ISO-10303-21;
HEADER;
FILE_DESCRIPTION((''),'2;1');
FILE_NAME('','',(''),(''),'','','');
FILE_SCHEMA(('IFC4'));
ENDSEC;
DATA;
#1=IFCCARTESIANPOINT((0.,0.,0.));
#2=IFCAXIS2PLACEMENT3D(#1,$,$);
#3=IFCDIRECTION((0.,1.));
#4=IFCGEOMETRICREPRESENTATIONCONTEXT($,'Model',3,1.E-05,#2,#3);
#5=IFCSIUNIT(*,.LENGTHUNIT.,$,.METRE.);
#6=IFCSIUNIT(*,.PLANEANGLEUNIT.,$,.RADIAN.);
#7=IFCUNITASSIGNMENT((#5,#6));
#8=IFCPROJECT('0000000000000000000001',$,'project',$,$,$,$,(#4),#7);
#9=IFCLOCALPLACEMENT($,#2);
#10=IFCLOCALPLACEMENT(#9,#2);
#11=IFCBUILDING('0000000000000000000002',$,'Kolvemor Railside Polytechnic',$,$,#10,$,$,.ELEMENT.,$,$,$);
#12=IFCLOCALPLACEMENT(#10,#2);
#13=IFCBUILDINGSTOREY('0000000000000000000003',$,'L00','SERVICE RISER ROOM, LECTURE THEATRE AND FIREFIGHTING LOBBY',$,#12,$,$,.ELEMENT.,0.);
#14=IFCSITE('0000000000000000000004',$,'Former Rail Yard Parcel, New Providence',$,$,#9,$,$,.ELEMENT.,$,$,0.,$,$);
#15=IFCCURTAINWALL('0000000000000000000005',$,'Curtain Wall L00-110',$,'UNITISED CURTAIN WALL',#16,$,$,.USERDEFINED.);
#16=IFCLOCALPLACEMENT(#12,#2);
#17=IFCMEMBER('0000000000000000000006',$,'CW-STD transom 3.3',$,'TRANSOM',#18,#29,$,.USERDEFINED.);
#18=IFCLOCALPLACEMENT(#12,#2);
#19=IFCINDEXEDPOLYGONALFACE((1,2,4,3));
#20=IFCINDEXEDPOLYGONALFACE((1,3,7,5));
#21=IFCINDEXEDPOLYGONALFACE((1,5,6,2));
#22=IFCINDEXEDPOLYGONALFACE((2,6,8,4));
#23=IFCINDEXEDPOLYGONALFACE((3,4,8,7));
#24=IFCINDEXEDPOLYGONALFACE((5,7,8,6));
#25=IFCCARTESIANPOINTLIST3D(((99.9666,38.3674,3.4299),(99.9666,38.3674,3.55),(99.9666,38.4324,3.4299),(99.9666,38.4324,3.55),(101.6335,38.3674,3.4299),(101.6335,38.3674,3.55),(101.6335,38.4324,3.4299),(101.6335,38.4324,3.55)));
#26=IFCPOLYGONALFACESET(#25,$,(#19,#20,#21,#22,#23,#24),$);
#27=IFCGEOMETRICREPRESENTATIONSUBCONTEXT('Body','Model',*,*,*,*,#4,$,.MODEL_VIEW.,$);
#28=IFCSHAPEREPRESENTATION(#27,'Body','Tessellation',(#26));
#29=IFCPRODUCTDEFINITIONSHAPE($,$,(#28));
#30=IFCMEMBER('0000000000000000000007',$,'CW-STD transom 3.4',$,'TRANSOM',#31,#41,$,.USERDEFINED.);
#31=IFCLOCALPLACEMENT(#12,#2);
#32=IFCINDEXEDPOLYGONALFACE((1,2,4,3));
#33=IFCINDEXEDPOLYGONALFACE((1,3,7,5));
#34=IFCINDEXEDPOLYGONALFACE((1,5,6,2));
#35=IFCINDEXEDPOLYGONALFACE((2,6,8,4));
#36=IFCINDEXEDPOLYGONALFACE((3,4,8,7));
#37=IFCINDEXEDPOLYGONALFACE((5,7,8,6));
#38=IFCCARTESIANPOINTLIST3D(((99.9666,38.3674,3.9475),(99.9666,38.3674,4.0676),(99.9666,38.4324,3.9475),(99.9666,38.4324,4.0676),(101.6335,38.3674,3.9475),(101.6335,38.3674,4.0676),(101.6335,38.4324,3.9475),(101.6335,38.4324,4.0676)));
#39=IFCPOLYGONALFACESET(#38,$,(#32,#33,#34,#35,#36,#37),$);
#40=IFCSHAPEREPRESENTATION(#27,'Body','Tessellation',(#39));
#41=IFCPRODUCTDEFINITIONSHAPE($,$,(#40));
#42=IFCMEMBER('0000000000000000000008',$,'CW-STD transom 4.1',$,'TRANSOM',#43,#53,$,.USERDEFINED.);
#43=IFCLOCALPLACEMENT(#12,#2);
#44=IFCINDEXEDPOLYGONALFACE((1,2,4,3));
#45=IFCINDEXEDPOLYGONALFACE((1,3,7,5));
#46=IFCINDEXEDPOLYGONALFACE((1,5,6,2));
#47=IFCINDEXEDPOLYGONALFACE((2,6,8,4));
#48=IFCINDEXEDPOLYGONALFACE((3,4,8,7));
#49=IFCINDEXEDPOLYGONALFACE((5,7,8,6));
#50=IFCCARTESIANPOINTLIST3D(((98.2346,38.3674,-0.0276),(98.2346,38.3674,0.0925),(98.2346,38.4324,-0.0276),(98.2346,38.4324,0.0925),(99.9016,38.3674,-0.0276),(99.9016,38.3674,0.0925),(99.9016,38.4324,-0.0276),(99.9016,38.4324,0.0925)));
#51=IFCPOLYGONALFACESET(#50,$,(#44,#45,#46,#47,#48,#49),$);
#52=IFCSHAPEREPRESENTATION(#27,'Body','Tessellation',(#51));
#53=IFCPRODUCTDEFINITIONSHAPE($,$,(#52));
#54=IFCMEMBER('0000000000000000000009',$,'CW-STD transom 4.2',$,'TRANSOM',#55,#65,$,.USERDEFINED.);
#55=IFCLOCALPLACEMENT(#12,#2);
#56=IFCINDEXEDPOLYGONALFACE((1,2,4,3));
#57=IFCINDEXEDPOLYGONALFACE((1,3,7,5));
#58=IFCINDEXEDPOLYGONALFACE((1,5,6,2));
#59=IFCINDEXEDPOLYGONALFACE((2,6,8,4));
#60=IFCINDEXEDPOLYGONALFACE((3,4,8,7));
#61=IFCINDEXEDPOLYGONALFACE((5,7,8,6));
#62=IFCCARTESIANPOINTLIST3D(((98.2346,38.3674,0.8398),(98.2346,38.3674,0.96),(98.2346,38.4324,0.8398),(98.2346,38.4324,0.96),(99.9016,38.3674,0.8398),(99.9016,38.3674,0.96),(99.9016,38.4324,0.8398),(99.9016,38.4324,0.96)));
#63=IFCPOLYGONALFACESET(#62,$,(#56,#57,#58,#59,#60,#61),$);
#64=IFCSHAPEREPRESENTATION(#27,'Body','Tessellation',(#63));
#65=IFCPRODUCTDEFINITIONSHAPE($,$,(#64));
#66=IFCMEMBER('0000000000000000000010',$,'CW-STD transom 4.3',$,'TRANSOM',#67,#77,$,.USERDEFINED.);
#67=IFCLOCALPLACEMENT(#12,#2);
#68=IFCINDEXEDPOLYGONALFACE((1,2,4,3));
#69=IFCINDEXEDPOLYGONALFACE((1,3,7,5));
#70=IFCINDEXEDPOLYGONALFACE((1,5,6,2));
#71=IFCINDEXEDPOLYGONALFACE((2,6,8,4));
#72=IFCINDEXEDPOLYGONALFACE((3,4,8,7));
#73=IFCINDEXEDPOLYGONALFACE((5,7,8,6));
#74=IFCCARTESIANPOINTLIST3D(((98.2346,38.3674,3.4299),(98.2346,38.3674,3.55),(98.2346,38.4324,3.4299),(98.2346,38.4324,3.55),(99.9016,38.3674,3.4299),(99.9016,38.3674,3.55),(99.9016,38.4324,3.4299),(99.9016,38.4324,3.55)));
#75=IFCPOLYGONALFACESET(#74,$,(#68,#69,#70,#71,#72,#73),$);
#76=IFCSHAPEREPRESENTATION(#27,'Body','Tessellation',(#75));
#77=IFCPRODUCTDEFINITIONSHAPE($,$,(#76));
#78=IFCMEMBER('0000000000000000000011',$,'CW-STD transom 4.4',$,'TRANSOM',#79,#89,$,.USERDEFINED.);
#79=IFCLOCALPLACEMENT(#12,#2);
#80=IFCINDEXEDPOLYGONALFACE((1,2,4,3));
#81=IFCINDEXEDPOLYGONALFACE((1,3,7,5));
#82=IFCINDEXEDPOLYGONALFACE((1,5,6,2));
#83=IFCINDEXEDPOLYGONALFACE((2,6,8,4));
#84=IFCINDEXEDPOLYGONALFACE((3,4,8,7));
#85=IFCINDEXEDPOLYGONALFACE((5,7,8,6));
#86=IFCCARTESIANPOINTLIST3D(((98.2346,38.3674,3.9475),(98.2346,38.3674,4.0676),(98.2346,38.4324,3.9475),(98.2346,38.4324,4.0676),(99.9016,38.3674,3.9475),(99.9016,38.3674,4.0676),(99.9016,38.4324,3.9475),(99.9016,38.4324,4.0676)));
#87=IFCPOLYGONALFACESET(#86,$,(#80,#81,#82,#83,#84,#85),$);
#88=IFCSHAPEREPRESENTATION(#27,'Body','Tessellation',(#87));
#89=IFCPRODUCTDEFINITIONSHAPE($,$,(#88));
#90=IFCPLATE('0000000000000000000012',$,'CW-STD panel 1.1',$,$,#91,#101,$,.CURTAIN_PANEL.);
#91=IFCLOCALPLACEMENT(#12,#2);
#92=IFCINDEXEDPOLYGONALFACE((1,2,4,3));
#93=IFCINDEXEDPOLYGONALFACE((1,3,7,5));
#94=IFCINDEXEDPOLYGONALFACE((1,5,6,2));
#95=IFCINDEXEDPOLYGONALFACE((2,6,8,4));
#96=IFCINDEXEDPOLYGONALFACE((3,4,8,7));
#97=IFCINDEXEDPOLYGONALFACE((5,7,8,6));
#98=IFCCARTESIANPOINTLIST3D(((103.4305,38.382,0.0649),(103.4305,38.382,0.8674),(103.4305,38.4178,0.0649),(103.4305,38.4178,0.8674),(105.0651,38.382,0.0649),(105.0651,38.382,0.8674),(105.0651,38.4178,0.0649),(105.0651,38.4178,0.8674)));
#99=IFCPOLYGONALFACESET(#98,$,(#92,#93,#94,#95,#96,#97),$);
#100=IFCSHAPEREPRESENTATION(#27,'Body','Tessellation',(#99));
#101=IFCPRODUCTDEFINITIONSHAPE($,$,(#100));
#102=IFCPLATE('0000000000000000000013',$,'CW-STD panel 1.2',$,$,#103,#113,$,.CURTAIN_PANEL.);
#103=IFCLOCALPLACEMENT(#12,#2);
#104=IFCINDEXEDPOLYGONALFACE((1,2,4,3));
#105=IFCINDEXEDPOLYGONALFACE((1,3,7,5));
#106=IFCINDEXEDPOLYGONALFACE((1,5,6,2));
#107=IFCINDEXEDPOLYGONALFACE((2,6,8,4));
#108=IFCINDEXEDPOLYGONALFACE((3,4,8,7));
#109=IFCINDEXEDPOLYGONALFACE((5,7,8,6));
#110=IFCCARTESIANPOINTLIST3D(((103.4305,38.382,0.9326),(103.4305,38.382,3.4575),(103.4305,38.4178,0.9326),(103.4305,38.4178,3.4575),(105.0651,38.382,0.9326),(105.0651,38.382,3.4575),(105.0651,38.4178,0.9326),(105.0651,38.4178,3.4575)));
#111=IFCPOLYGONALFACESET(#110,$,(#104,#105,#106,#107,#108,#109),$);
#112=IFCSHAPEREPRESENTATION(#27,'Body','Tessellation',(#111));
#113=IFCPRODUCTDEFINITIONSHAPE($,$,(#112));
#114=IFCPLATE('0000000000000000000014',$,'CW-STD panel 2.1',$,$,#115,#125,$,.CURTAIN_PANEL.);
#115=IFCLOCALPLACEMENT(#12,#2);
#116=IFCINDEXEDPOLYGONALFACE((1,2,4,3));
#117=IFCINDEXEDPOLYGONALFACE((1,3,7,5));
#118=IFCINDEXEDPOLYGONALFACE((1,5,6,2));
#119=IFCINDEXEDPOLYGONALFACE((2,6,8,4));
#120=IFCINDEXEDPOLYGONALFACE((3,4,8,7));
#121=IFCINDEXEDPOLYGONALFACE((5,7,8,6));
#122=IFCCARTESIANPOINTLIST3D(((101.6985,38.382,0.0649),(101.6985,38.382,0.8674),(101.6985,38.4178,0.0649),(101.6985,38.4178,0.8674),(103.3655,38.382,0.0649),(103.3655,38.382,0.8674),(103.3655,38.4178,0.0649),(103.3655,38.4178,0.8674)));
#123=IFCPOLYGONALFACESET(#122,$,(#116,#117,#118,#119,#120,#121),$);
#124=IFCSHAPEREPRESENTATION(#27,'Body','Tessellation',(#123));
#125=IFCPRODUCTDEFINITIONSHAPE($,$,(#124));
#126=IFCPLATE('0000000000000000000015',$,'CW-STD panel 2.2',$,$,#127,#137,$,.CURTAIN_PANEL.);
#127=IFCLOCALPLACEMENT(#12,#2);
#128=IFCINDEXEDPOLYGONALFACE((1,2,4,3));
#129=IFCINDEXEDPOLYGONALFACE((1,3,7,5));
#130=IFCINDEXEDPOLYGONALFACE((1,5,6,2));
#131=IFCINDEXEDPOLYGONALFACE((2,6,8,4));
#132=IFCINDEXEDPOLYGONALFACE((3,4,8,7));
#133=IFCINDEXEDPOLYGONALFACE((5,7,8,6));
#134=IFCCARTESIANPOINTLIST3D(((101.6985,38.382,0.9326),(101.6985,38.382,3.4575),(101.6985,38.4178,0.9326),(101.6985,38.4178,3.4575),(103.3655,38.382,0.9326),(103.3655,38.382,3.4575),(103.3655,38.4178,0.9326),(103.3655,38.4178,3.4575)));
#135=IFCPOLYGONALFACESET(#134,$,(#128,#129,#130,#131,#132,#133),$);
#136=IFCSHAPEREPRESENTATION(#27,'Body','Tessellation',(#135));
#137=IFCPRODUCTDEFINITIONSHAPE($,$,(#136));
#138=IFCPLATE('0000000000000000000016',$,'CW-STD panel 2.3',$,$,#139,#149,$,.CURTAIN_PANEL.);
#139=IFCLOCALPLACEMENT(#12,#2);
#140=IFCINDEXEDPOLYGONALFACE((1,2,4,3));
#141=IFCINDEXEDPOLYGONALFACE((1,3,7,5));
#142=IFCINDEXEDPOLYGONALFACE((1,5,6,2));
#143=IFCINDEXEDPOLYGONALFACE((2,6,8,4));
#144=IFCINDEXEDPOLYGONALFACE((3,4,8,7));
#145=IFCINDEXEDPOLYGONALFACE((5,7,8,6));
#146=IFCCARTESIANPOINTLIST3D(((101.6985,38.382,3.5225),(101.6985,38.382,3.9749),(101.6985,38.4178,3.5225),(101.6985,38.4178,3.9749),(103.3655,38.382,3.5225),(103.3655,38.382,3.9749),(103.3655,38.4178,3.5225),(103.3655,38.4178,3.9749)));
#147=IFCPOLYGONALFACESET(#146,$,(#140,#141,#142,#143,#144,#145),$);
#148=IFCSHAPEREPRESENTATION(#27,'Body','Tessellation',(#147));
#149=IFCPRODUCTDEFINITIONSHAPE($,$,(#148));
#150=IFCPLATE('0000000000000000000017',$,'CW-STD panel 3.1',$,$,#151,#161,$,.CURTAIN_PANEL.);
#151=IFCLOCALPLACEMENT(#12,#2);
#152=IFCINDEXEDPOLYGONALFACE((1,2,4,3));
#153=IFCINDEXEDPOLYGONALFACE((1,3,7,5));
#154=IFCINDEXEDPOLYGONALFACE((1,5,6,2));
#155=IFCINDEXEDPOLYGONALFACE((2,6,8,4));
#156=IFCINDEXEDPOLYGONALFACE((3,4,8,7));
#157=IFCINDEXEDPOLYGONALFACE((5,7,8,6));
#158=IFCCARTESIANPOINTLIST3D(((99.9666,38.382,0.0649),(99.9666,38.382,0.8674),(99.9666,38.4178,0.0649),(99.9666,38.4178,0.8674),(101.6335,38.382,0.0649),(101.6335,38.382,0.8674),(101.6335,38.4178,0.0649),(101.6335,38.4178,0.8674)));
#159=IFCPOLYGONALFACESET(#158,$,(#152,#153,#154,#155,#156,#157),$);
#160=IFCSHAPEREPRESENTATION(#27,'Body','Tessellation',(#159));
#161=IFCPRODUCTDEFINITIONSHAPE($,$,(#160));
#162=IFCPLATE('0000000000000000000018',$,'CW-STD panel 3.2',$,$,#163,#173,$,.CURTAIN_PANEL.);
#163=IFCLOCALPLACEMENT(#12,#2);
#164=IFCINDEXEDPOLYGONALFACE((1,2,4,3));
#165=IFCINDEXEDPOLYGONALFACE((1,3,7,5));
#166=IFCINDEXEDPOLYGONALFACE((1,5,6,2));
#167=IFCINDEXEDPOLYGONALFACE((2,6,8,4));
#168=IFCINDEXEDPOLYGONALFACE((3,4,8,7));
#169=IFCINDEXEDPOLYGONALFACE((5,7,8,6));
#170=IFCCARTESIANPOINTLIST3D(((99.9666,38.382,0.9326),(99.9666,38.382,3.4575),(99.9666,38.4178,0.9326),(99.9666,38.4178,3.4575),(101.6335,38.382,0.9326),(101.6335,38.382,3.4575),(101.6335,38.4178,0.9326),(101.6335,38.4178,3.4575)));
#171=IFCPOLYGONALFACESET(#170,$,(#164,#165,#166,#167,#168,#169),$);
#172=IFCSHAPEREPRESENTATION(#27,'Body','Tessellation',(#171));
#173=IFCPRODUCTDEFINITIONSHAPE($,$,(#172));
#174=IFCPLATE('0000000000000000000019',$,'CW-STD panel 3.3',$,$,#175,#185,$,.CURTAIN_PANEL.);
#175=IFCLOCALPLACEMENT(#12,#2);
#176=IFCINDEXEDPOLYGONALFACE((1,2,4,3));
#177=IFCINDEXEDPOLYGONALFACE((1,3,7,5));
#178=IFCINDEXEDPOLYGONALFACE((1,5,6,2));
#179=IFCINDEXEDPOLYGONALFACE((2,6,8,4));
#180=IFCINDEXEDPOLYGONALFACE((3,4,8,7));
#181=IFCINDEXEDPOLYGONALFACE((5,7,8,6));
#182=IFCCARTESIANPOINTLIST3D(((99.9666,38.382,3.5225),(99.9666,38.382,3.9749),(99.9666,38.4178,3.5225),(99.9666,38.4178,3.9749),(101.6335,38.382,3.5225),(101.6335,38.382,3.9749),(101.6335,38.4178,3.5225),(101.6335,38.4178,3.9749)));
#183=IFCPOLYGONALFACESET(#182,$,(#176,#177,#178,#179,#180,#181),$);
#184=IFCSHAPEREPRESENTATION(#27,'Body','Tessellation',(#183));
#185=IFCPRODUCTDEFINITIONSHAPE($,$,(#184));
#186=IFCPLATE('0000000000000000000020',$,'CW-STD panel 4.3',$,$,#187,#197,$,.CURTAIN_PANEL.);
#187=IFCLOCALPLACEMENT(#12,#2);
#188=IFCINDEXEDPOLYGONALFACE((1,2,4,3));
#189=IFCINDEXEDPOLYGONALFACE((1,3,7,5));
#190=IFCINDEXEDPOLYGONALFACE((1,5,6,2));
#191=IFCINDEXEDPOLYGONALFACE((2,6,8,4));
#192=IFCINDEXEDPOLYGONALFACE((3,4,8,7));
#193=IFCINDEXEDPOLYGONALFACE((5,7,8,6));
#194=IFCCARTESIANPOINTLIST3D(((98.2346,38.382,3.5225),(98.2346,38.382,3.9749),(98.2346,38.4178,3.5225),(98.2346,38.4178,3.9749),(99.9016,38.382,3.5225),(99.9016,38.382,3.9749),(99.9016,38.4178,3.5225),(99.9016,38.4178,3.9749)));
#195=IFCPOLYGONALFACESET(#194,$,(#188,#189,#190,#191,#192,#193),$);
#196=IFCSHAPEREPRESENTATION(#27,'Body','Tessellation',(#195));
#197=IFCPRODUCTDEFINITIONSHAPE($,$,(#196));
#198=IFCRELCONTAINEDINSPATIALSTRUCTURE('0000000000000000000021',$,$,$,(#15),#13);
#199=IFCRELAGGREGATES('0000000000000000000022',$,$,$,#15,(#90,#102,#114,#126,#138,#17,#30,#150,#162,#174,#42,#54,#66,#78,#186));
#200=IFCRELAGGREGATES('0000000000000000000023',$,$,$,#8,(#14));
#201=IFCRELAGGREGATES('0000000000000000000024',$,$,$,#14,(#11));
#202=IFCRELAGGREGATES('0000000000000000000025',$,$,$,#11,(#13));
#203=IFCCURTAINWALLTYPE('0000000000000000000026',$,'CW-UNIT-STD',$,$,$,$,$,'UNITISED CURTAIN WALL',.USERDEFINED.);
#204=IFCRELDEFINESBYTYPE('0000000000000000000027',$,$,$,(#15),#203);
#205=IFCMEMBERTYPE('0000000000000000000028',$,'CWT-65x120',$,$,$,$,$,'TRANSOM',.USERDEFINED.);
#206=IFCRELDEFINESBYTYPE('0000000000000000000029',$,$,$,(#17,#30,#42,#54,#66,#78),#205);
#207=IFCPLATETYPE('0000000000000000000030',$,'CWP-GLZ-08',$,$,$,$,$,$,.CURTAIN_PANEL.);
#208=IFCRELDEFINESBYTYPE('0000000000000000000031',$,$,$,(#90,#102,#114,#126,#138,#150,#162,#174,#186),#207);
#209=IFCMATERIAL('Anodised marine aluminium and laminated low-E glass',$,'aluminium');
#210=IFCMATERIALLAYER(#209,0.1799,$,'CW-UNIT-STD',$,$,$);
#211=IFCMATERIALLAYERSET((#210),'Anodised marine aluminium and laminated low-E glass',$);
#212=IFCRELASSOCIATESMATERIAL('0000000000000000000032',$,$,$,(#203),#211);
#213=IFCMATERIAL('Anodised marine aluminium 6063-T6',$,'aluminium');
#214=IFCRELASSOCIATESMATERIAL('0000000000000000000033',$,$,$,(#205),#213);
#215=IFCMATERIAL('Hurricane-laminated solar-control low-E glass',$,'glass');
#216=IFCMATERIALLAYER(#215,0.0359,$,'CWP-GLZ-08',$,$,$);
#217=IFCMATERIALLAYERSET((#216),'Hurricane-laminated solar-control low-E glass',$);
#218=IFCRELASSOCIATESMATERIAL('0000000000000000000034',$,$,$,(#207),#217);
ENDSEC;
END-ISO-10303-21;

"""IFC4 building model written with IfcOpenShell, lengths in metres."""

from ifc_helpers import new_model, si_unit, direction, frame, origin, origin_2d, place, context, subcontext, project, spatial, rectangle, extrude, material, layer, layer_set, material_profile, profile_set, type_object, element, aggregate, save


model = new_model("IFC4")

# Units and contexts
model_context = context("Model", 3, precision=1e-05, world=origin(), true_north=direction((0.0, 1.0)))
body_context = subcontext(model_context, "Body", "Model", "MODEL_VIEW")
ifc_project = project(units=[si_unit("LENGTHUNIT", "METRE"), si_unit("PLANEANGLEUNIT", "RADIAN")], contexts=[model_context])

# Site, building, storey
site_placement = place(None, origin())
site = spatial("IfcSite", under=ifc_project, at=site_placement, Name="Former Rail Yard Parcel, New Providence", CompositionType="ELEMENT", RefElevation=0.0)
building_placement = place(site_placement, origin())
building = spatial("IfcBuilding", under=site, at=building_placement, Name="Kolvemor Railside Polytechnic", CompositionType="ELEMENT")
storey_placement = place(building_placement, origin())
storey = spatial("IfcBuildingStorey", under=building, at=storey_placement, Name="L00", Description="SERVICE RISER ROOM, LECTURE THEATRE AND FIREFIGHTING LOBBY", CompositionType="ELEMENT", Elevation=0.0)

# Curtain wall, members, plates
ifc_material_1 = material(Name="Anodised marine aluminium and laminated low-E glass", Category="aluminium")
ifc_layer_1 = layer(ifc_material_1, 0.1799, Name="CW-UNIT-STD")
ifc_layer_set_1 = layer_set([ifc_layer_1], Name="Anodised marine aluminium and laminated low-E glass")
curtain_wall_type = type_object("IfcCurtainWallType", Name="CW-UNIT-STD", ElementType="UNITISED CURTAIN WALL", PredefinedType="USERDEFINED", material=ifc_layer_set_1)
curtain_wall_placement = place(storey_placement, origin())
curtain_wall = element("IfcCurtainWall", 1, at=curtain_wall_placement, inside=storey, type_object=curtain_wall_type, Name="Curtain Wall L00-110", ObjectType="UNITISED CURTAIN WALL", PredefinedType="USERDEFINED")
ifc_material_2 = material(Name="Anodised marine aluminium 6063-T6", Category="aluminium")
ifc_material_profile_1 = material_profile(ifc_material_2, rectangle(XDim=0.0649, YDim=0.1201, at=origin_2d()), Name="CW-TRN-65x120")
ifc_profile_set_1 = profile_set([ifc_material_profile_1], Name="Anodised marine aluminium 6063-T6")
member_type_1 = type_object("IfcMemberType", Name="CWT-65x120", ElementType="TRANSOM", PredefinedType="USERDEFINED", material=ifc_profile_set_1)
member_1_placement = place(storey_placement, frame((101.6335, 38.3999, 3.49), z_axis=(-1.0, 0.0, 0.0), x_axis=(0.0, -1.0, 0.0)))
member_1 = element("IfcMember", 2, at=member_1_placement, type_object=member_type_1, Name="CW-STD transom 3.3", ObjectType="TRANSOM", PredefinedType="USERDEFINED", context=body_context, shape_type="SweptSolid", body=[
    extrude(rectangle(XDim=0.0649, YDim=0.1201, at=origin_2d()), origin(), (0.0, 0.0, 1.0), 1.667),
])
member_2_placement = place(storey_placement, frame((101.6335, 38.3999, 4.0076), z_axis=(-1.0, 0.0, 0.0), x_axis=(0.0, -1.0, 0.0)))
member_2 = element("IfcMember", 3, at=member_2_placement, type_object=member_type_1, Name="CW-STD transom 3.4", ObjectType="TRANSOM", PredefinedType="USERDEFINED", context=body_context, shape_type="SweptSolid", body=[
    extrude(rectangle(XDim=0.0649, YDim=0.1201, at=origin_2d()), origin(), (0.0, 0.0, 1.0), 1.667),
])
member_3_placement = place(storey_placement, frame((99.9016, 38.3999, 0.0325), z_axis=(-1.0, 0.0, 0.0), x_axis=(0.0, -1.0, 0.0)))
member_3 = element("IfcMember", 4, at=member_3_placement, type_object=member_type_1, Name="CW-STD transom 4.1", ObjectType="TRANSOM", PredefinedType="USERDEFINED", context=body_context, shape_type="SweptSolid", body=[
    extrude(rectangle(XDim=0.0649, YDim=0.1201, at=origin_2d()), origin(), (0.0, 0.0, 1.0), 1.667),
])
member_4_placement = place(storey_placement, frame((99.9016, 38.3999, 0.8999), z_axis=(-1.0, 0.0, 0.0), x_axis=(0.0, -1.0, 0.0)))
member_4 = element("IfcMember", 5, at=member_4_placement, type_object=member_type_1, Name="CW-STD transom 4.2", ObjectType="TRANSOM", PredefinedType="USERDEFINED", context=body_context, shape_type="SweptSolid", body=[
    extrude(rectangle(XDim=0.0649, YDim=0.1201, at=origin_2d()), origin(), (0.0, 0.0, 1.0), 1.667),
])
member_5_placement = place(storey_placement, frame((99.9016, 38.3999, 3.49), z_axis=(-1.0, 0.0, 0.0), x_axis=(0.0, -1.0, 0.0)))
member_5 = element("IfcMember", 6, at=member_5_placement, type_object=member_type_1, Name="CW-STD transom 4.3", ObjectType="TRANSOM", PredefinedType="USERDEFINED", context=body_context, shape_type="SweptSolid", body=[
    extrude(rectangle(XDim=0.0649, YDim=0.1201, at=origin_2d()), origin(), (0.0, 0.0, 1.0), 1.667),
])
member_6_placement = place(storey_placement, frame((99.9016, 38.3999, 4.0076), z_axis=(-1.0, 0.0, 0.0), x_axis=(0.0, -1.0, 0.0)))
member_6 = element("IfcMember", 7, at=member_6_placement, type_object=member_type_1, Name="CW-STD transom 4.4", ObjectType="TRANSOM", PredefinedType="USERDEFINED", context=body_context, shape_type="SweptSolid", body=[
    extrude(rectangle(XDim=0.0649, YDim=0.1201, at=origin_2d()), origin(), (0.0, 0.0, 1.0), 1.667),
])
ifc_material_3 = material(Name="Hurricane-laminated solar-control low-E glass", Category="glass")
ifc_layer_2 = layer(ifc_material_3, 0.0359, Name="CWP-GLZ-08")
ifc_layer_set_2 = layer_set([ifc_layer_2], Name="Hurricane-laminated solar-control low-E glass")
plate_type = type_object("IfcPlateType", Name="CWP-GLZ-08", PredefinedType="CURTAIN_PANEL", material=ifc_layer_set_2)
plate_1_placement = place(storey_placement, frame((104.2478, 38.3999, 0.0649), z_axis=(0.0, 0.0, 1.0), x_axis=(-1.0, 0.0, 0.0)))
plate_1 = element("IfcPlate", 8, at=plate_1_placement, type_object=plate_type, Name="CW-STD panel 1.1", PredefinedType="CURTAIN_PANEL", context=body_context, shape_type="SweptSolid", body=[
    extrude(rectangle(XDim=1.6345, YDim=0.0359, at=origin_2d()), origin(), (0.0, 0.0, 1.0), 0.8025),
])
plate_2_placement = place(storey_placement, frame((104.2478, 38.3999, 0.9326), z_axis=(0.0, 0.0, 1.0), x_axis=(-1.0, 0.0, 0.0)))
plate_2 = element("IfcPlate", 9, at=plate_2_placement, type_object=plate_type, Name="CW-STD panel 1.2", PredefinedType="CURTAIN_PANEL", context=body_context, shape_type="SweptSolid", body=[
    extrude(rectangle(XDim=1.6345, YDim=0.0359, at=origin_2d()), origin(), (0.0, 0.0, 1.0), 2.5249),
])
plate_3_placement = place(storey_placement, frame((102.532, 38.3999, 0.0649), z_axis=(0.0, 0.0, 1.0), x_axis=(-1.0, 0.0, 0.0)))
plate_3 = element("IfcPlate", 10, at=plate_3_placement, type_object=plate_type, Name="CW-STD panel 2.1", PredefinedType="CURTAIN_PANEL", context=body_context, shape_type="SweptSolid", body=[
    extrude(rectangle(XDim=1.667, YDim=0.0359, at=origin_2d()), origin(), (0.0, 0.0, 1.0), 0.8025),
])
plate_4_placement = place(storey_placement, frame((102.532, 38.3999, 0.9326), z_axis=(0.0, 0.0, 1.0), x_axis=(-1.0, 0.0, 0.0)))
plate_4 = element("IfcPlate", 11, at=plate_4_placement, type_object=plate_type, Name="CW-STD panel 2.2", PredefinedType="CURTAIN_PANEL", context=body_context, shape_type="SweptSolid", body=[
    extrude(rectangle(XDim=1.667, YDim=0.0359, at=origin_2d()), origin(), (0.0, 0.0, 1.0), 2.5249),
])
plate_5_placement = place(storey_placement, frame((102.532, 38.3999, 3.5225), z_axis=(0.0, 0.0, 1.0), x_axis=(-1.0, 0.0, 0.0)))
plate_5 = element("IfcPlate", 12, at=plate_5_placement, type_object=plate_type, Name="CW-STD panel 2.3", PredefinedType="CURTAIN_PANEL", context=body_context, shape_type="SweptSolid", body=[
    extrude(rectangle(XDim=1.667, YDim=0.0359, at=origin_2d()), origin(), (0.0, 0.0, 1.0), 0.4524),
])
plate_6_placement = place(storey_placement, frame((100.8, 38.3999, 0.0649), z_axis=(0.0, 0.0, 1.0), x_axis=(-1.0, 0.0, 0.0)))
plate_6 = element("IfcPlate", 13, at=plate_6_placement, type_object=plate_type, Name="CW-STD panel 3.1", PredefinedType="CURTAIN_PANEL", context=body_context, shape_type="SweptSolid", body=[
    extrude(rectangle(XDim=1.667, YDim=0.0359, at=origin_2d()), origin(), (0.0, 0.0, 1.0), 0.8025),
])
plate_7_placement = place(storey_placement, frame((100.8, 38.3999, 0.9326), z_axis=(0.0, 0.0, 1.0), x_axis=(-1.0, 0.0, 0.0)))
plate_7 = element("IfcPlate", 14, at=plate_7_placement, type_object=plate_type, Name="CW-STD panel 3.2", PredefinedType="CURTAIN_PANEL", context=body_context, shape_type="SweptSolid", body=[
    extrude(rectangle(XDim=1.667, YDim=0.0359, at=origin_2d()), origin(), (0.0, 0.0, 1.0), 2.5249),
])
plate_8_placement = place(storey_placement, frame((100.8, 38.3999, 3.5225), z_axis=(0.0, 0.0, 1.0), x_axis=(-1.0, 0.0, 0.0)))
plate_8 = element("IfcPlate", 15, at=plate_8_placement, type_object=plate_type, Name="CW-STD panel 3.3", PredefinedType="CURTAIN_PANEL", context=body_context, shape_type="SweptSolid", body=[
    extrude(rectangle(XDim=1.667, YDim=0.0359, at=origin_2d()), origin(), (0.0, 0.0, 1.0), 0.4524),
])
plate_9_placement = place(storey_placement, frame((99.0681, 38.3999, 3.5225), z_axis=(0.0, 0.0, 1.0), x_axis=(-1.0, 0.0, 0.0)))
plate_9 = element("IfcPlate", 16, at=plate_9_placement, type_object=plate_type, Name="CW-STD panel 4.3", PredefinedType="CURTAIN_PANEL", context=body_context, shape_type="SweptSolid", body=[
    extrude(rectangle(XDim=1.667, YDim=0.0359, at=origin_2d()), origin(), (0.0, 0.0, 1.0), 0.4524),
])
aggregate(curtain_wall, [plate_1, plate_2, plate_3, plate_4, plate_5, member_1, member_2, plate_6, plate_7, plate_8, member_3, member_4, member_5, member_6, plate_9])

save(model, "model.ifc")
